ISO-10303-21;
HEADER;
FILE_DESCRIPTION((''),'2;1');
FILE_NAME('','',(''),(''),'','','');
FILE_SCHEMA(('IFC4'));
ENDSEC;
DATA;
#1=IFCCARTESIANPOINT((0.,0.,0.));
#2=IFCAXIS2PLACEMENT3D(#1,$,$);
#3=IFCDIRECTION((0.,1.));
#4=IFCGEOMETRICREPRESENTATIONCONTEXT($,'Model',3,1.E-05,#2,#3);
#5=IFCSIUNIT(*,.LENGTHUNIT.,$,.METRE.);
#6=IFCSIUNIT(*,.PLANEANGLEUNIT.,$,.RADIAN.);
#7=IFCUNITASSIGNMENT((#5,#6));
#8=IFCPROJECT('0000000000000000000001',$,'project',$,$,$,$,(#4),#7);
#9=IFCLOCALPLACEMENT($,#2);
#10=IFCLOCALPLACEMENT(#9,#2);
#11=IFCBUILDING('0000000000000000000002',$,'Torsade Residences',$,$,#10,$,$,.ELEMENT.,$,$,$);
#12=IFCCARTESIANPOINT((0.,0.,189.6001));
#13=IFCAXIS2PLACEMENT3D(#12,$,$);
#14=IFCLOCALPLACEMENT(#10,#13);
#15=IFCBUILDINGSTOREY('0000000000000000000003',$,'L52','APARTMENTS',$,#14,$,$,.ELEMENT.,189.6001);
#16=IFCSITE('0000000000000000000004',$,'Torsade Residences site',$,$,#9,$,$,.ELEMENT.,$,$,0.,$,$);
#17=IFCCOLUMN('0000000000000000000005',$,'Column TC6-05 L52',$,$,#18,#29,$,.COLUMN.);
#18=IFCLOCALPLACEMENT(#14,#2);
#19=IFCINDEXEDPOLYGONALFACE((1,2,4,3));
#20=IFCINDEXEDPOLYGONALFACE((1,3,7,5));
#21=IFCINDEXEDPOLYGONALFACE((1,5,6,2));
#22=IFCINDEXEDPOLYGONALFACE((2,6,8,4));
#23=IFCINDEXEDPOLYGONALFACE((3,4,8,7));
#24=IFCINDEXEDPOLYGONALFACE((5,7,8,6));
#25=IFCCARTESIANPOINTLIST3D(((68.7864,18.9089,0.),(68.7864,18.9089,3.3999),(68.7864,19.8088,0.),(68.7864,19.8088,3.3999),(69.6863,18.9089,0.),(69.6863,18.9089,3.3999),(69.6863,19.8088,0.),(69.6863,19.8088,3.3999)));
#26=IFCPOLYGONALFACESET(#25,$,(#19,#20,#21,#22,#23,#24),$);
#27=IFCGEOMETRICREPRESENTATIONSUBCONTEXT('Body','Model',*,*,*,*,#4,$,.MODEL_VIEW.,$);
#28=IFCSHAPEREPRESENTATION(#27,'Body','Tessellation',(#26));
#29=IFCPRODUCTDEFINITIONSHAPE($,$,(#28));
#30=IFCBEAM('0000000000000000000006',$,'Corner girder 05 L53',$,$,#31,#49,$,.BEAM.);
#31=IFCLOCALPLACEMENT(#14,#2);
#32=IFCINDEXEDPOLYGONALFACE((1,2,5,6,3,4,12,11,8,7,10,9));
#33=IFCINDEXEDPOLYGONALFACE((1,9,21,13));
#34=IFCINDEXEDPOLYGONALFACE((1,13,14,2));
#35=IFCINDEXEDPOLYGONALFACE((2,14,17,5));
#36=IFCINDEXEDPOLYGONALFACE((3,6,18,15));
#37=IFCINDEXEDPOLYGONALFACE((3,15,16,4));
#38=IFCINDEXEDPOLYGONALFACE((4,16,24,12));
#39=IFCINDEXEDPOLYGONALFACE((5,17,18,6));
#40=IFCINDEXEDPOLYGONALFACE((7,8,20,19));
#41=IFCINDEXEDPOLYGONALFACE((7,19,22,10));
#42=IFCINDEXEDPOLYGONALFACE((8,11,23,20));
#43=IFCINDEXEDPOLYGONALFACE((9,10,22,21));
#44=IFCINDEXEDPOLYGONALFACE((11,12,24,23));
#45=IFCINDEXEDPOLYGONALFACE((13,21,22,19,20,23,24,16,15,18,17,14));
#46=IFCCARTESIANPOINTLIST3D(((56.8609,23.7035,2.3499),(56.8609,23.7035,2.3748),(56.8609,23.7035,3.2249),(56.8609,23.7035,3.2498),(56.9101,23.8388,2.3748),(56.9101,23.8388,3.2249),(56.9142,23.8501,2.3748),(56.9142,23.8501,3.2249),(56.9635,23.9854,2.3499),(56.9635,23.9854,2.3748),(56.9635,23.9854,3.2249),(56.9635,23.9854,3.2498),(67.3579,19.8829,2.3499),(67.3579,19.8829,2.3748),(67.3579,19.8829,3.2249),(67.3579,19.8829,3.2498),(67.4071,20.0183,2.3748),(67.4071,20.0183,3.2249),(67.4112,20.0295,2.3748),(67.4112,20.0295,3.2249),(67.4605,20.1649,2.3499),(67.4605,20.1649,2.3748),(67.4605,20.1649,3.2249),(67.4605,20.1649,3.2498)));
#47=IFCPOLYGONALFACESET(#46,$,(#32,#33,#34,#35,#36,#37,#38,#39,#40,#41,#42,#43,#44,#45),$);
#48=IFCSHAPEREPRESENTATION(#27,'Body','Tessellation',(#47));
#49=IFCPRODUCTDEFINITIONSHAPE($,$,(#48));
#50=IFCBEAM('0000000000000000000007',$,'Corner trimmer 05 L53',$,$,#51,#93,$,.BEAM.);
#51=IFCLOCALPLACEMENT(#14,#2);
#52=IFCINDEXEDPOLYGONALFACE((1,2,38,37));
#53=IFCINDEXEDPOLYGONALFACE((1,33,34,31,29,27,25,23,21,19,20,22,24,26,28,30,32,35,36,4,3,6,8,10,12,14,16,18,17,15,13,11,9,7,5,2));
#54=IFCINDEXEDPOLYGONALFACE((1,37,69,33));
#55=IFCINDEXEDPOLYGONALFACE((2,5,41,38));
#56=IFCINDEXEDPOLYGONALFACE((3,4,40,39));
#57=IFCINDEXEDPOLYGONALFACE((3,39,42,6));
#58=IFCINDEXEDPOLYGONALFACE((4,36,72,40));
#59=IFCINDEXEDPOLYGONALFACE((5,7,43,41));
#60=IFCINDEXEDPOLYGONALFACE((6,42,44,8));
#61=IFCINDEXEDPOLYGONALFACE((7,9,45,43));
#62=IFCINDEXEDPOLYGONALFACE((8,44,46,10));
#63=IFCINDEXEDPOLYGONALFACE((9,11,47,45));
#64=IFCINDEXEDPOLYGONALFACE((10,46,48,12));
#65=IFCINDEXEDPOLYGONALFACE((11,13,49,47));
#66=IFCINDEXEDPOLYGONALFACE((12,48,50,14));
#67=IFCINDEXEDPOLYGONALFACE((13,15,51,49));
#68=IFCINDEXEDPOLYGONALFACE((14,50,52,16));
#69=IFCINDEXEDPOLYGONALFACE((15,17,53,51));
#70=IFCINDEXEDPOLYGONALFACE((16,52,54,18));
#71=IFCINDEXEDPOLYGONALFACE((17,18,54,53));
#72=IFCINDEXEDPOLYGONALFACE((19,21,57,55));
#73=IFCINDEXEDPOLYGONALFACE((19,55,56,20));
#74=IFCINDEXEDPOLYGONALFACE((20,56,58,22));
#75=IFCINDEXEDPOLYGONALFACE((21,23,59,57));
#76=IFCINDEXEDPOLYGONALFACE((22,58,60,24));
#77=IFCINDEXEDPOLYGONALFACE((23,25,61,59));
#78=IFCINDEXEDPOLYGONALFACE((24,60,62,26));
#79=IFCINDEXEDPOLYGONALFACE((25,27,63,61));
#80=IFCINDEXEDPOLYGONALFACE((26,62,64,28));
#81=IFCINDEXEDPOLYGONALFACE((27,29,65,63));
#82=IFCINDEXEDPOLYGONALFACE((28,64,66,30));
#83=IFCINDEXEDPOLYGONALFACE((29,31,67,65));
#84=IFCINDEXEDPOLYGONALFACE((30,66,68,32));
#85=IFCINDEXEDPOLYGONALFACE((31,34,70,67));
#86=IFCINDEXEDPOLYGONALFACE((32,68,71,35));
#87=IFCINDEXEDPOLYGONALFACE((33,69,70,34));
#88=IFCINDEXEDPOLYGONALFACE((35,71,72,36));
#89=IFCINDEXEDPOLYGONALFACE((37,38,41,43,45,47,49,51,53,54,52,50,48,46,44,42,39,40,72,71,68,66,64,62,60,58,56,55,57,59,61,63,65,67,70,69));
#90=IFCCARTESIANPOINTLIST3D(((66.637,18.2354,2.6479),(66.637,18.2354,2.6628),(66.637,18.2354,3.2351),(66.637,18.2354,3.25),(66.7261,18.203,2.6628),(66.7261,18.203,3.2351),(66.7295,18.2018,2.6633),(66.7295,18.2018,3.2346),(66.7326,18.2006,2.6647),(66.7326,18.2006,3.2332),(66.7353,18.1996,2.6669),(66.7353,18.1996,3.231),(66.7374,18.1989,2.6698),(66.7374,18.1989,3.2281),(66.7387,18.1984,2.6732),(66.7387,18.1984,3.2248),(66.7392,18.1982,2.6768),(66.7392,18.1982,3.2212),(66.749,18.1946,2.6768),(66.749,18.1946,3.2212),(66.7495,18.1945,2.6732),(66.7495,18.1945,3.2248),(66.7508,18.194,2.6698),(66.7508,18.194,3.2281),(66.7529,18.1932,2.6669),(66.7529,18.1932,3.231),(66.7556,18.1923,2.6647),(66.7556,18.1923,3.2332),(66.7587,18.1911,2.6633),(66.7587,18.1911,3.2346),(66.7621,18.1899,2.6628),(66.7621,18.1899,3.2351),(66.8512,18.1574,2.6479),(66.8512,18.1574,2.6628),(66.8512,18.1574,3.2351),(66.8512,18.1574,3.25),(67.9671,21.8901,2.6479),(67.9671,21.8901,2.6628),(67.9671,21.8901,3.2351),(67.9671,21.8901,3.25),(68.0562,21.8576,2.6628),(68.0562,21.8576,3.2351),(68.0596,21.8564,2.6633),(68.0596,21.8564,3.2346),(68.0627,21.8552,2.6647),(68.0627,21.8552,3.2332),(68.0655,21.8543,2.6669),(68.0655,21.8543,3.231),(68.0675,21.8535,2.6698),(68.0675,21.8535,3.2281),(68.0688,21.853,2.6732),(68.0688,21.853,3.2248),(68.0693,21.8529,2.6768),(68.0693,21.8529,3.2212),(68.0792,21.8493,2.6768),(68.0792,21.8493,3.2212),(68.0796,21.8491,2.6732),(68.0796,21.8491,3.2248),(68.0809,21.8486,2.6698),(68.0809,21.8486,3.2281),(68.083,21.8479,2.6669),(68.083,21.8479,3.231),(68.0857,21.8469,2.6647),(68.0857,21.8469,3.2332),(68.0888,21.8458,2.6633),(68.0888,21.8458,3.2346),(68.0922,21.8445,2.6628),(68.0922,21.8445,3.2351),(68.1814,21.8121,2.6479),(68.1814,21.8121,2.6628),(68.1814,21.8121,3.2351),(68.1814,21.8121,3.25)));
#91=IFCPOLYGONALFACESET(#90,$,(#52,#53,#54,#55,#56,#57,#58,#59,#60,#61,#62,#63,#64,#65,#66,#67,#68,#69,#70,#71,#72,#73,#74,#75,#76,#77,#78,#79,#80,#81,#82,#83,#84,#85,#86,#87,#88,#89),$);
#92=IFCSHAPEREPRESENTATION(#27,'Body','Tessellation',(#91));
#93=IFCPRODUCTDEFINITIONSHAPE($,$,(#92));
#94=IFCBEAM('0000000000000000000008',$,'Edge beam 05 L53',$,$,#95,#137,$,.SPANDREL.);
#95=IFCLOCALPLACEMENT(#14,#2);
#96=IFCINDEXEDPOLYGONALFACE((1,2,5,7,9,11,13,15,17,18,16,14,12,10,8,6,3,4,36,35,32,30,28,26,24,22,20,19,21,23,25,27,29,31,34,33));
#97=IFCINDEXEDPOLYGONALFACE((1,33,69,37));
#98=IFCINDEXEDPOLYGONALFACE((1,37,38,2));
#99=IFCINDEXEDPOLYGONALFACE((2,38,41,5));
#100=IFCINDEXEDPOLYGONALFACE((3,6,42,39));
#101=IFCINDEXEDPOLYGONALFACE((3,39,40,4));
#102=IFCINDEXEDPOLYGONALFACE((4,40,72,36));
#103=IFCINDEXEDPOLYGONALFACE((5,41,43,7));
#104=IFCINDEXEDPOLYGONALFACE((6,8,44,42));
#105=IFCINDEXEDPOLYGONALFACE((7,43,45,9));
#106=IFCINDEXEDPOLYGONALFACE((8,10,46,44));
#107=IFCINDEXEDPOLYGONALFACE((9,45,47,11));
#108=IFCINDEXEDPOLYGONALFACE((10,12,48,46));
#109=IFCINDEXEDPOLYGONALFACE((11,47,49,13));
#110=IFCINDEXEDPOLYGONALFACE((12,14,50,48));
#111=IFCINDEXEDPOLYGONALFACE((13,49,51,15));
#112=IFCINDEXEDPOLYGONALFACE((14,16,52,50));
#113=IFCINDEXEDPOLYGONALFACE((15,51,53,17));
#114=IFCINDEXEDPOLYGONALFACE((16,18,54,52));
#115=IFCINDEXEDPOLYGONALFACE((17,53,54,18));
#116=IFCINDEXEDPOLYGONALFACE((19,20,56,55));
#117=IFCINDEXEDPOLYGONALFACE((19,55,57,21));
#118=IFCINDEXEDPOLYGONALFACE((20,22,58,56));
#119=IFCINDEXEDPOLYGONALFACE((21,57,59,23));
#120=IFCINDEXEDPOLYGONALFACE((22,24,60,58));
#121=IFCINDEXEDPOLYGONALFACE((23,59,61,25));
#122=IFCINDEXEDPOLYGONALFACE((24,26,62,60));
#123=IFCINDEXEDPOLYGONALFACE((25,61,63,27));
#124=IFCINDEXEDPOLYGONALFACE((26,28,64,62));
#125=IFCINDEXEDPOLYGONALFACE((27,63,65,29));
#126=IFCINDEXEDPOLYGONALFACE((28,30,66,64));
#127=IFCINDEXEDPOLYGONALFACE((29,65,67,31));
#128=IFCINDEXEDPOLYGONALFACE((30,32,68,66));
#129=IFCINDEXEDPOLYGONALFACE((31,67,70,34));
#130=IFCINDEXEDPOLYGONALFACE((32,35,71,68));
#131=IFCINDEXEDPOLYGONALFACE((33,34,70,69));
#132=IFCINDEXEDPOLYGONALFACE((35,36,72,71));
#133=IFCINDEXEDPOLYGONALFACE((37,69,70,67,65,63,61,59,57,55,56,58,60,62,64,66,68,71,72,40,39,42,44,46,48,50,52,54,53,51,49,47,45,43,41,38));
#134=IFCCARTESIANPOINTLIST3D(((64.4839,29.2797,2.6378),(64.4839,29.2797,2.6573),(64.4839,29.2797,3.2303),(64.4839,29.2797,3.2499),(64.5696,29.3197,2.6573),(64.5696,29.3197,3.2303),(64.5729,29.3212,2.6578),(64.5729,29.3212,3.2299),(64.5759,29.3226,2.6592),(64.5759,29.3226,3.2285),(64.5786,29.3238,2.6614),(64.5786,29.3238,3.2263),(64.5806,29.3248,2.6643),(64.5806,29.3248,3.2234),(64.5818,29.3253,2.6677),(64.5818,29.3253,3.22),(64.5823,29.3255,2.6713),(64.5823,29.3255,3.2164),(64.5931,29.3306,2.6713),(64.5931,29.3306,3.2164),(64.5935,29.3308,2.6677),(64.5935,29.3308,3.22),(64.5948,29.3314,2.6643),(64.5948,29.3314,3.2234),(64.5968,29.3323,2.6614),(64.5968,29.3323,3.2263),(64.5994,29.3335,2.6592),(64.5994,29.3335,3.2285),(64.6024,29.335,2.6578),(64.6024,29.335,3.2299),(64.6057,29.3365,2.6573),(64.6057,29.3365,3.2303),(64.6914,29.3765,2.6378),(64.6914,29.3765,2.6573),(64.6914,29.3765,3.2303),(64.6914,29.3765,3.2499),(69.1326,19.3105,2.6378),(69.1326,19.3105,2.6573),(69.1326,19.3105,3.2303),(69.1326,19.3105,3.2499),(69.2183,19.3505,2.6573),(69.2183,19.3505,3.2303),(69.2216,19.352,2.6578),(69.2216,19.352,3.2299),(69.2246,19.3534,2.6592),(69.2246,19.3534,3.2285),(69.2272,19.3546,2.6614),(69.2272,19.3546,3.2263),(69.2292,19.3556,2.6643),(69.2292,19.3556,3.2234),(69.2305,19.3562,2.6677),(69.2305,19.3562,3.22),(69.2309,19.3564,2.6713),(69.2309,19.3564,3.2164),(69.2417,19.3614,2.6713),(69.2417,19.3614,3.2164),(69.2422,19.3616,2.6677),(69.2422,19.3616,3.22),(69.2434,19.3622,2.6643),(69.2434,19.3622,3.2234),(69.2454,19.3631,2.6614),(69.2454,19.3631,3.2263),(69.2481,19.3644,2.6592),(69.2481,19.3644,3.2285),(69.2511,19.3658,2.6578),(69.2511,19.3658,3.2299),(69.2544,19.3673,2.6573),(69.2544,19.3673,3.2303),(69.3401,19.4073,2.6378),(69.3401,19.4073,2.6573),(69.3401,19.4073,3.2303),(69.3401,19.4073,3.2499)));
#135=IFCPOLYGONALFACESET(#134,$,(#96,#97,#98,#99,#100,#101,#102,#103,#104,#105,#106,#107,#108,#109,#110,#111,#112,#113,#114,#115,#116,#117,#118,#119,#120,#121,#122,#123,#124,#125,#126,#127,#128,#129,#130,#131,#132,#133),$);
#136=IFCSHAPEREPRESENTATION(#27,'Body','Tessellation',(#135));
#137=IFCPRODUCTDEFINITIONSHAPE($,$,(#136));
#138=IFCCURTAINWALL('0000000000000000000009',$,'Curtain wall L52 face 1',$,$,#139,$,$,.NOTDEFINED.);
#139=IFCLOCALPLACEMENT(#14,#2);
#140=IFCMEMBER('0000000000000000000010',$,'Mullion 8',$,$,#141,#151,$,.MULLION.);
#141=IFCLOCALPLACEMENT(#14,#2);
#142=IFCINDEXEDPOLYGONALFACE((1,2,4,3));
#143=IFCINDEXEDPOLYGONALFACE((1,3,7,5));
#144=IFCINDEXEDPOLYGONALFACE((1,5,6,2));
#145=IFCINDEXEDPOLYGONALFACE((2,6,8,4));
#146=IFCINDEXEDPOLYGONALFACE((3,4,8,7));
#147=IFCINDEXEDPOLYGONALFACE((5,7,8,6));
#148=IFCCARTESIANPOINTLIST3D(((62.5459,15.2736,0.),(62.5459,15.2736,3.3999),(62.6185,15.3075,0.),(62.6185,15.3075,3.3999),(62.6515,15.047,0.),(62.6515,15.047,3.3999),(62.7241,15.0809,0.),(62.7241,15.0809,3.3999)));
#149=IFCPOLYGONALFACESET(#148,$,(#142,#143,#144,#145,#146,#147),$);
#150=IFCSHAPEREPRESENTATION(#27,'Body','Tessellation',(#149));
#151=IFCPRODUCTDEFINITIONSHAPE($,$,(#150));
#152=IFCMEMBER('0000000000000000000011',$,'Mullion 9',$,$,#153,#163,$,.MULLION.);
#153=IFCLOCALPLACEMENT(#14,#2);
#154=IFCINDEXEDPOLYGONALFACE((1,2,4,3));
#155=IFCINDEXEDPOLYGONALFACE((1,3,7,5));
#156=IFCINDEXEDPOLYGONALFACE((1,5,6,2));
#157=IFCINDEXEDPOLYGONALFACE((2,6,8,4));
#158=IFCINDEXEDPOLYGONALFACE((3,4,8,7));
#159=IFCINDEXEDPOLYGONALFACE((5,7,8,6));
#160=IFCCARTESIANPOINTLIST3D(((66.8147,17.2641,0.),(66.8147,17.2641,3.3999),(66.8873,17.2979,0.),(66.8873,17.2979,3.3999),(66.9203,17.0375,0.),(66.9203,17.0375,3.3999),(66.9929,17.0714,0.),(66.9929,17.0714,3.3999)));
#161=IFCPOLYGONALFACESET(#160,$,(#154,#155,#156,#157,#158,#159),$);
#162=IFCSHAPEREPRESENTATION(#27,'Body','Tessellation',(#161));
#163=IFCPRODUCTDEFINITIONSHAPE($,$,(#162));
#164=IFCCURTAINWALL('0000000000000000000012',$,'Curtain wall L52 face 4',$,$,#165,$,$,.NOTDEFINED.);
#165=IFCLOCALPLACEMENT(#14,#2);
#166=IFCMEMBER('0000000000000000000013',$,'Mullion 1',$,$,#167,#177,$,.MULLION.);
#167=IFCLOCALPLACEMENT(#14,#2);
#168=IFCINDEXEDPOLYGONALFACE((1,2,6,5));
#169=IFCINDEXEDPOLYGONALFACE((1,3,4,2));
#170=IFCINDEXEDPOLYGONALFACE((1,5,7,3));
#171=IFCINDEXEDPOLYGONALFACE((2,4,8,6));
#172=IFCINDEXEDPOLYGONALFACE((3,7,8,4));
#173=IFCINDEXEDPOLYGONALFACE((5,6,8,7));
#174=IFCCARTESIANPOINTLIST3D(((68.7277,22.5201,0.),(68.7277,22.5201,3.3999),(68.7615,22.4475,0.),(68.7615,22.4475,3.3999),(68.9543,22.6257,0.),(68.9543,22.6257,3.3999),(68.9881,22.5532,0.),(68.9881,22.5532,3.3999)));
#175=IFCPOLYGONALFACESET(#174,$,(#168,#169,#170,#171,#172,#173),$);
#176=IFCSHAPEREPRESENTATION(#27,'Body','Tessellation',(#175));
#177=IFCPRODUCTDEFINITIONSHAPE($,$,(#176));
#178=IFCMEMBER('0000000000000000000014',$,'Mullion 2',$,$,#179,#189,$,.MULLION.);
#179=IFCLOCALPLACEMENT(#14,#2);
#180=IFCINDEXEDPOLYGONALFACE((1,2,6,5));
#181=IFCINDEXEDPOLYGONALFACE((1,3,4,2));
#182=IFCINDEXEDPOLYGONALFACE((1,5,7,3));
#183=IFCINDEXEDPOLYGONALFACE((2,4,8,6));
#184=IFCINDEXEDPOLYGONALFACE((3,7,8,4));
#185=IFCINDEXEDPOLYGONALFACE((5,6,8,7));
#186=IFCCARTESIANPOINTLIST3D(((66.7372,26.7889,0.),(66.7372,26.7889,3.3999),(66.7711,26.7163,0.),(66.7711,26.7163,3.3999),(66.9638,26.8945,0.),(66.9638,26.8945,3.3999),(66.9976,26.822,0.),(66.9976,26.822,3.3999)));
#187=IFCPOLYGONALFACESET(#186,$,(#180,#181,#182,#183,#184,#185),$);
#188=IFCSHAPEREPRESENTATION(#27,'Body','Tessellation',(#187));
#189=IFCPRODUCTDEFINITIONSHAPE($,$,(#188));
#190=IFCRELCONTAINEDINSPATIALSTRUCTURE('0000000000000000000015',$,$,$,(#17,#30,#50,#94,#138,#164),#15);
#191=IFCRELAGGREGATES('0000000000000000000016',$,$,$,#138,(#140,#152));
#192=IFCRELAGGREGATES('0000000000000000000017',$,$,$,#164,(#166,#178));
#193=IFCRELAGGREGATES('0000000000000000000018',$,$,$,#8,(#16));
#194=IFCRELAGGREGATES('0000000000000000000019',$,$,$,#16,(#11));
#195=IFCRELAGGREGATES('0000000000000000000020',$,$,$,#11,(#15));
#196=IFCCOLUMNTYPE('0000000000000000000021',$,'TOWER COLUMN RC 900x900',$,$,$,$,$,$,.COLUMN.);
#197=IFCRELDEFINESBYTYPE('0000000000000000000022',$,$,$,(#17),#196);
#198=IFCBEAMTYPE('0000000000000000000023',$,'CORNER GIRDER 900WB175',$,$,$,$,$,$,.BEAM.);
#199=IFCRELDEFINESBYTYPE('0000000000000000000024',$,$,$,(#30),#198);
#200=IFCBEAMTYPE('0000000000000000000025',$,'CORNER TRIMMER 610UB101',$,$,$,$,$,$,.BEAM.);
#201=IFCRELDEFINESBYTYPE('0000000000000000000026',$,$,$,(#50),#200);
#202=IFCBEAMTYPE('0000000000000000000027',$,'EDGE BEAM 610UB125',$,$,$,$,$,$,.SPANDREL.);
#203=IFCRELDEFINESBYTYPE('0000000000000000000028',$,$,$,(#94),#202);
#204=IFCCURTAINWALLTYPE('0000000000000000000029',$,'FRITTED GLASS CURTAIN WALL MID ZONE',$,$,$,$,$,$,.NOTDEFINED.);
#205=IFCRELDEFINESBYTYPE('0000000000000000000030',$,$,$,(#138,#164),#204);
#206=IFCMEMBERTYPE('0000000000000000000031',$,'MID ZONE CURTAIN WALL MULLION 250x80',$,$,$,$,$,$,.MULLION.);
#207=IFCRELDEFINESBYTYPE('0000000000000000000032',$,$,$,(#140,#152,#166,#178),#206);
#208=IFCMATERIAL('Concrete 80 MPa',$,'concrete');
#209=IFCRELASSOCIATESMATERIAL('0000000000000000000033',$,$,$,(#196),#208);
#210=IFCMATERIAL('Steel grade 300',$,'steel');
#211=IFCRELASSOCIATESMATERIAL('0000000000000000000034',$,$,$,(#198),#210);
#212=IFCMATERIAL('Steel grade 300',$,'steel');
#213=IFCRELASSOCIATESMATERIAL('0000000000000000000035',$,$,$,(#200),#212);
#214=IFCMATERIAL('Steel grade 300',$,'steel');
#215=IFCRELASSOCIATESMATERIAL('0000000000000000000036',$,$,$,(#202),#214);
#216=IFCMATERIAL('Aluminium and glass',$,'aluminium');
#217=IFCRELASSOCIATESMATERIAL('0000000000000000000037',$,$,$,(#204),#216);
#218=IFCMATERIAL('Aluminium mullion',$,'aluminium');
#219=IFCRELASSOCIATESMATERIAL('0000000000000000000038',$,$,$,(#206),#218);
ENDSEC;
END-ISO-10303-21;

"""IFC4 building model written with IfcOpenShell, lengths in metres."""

from ifc_helpers import new_model, si_unit, direction, frame, origin, origin_2d, place, context, subcontext, project, spatial, rectangle, i_section, extrude, material, material_profile, profile_set, type_object, element, aggregate, save


model = new_model("IFC4")

# Units and contexts
model_context = context("Model", 3, precision=1e-05, world=origin(), true_north=direction((0.0, 1.0)))
body_context = subcontext(model_context, "Body", "Model", "MODEL_VIEW")
ifc_project = project(units=[si_unit("LENGTHUNIT", "METRE"), si_unit("PLANEANGLEUNIT", "RADIAN")], contexts=[model_context])

# Site, building, storey
site_placement = place(None, origin())
site = spatial("IfcSite", under=ifc_project, at=site_placement, Name="Torsade Residences site", CompositionType="ELEMENT", RefElevation=0.0)
building_placement = place(site_placement, origin())
building = spatial("IfcBuilding", under=site, at=building_placement, Name="Torsade Residences", CompositionType="ELEMENT")
storey_placement = place(building_placement, frame((0.0, 0.0, 189.6001)))
storey = spatial("IfcBuildingStorey", under=building, at=storey_placement, Name="L52", Description="APARTMENTS", CompositionType="ELEMENT", Elevation=189.6001)

# Column
ifc_material_1 = material(Name="Concrete 80 MPa", Category="concrete")
ifc_material_profile_1 = material_profile(ifc_material_1, rectangle(XDim=0.8999, YDim=0.8999, at=origin_2d()), Name="RC 900x900")
ifc_profile_set_1 = profile_set([ifc_material_profile_1], Name="Concrete 80 MPa")
column_type = type_object("IfcColumnType", Name="TOWER COLUMN RC 900x900", PredefinedType="COLUMN", material=ifc_profile_set_1)
column_placement = place(storey_placement, frame((69.2363, 19.3589, 0.0), z_axis=(0.0, 0.0, 1.0), x_axis=(1.0, 0.0, 0.0)))
element("IfcColumn", 1, at=column_placement, inside=storey, type_object=column_type, Name="Column TC6-05 L52", PredefinedType="COLUMN", context=body_context, shape_type="SweptSolid", body=[
    extrude(rectangle(XDim=0.8999, YDim=0.8999, at=origin_2d()), origin(), (0.0, 0.0, 1.0), 3.3999),
])

# Beams
ifc_material_2 = material(Name="Steel grade 300", Category="steel")
ifc_material_profile_2 = material_profile(ifc_material_2, i_section(OverallWidth=0.3, OverallDepth=0.8999, WebThickness=0.012, FlangeThickness=0.0249, at=origin_2d()), Name="900WB175")
ifc_profile_set_2 = profile_set([ifc_material_profile_2], Name="Steel grade 300")
beam_type_1 = type_object("IfcBeamType", Name="CORNER GIRDER 900WB175", PredefinedType="BEAM", material=ifc_profile_set_2)
beam_1_placement = place(storey_placement, frame((67.4092, 20.0239, 2.7998), z_axis=(-0.939694, 0.342015, 0.0), x_axis=(-0.342015, -0.939694, 0.0)))
element("IfcBeam", 2, at=beam_1_placement, inside=storey, type_object=beam_type_1, Name="Corner girder 05 L53", PredefinedType="BEAM", context=body_context, shape_type="SweptSolid", body=[
    extrude(i_section(OverallWidth=0.3, OverallDepth=0.8999, WebThickness=0.012, FlangeThickness=0.0249, at=origin_2d()), origin(), (0.0, 0.0, 1.0), 11.1707),
])
ifc_material_3 = material(Name="Steel grade 300", Category="steel")
ifc_material_profile_3 = material_profile(ifc_material_3, i_section(OverallWidth=0.228, OverallDepth=0.6021, WebThickness=0.0105, FlangeThickness=0.0149, FilletRadius=0.0139, at=origin_2d()), Name="610UB101")
ifc_profile_set_3 = profile_set([ifc_material_profile_3], Name="Steel grade 300")
beam_type_2 = type_object("IfcBeamType", Name="CORNER TRIMMER 610UB101", PredefinedType="BEAM", material=ifc_profile_set_3)
beam_2_placement = place(storey_placement, frame((68.0742, 21.8511, 2.949), z_axis=(-0.342005, -0.939698, 0.0), x_axis=(0.939698, -0.342005, 0.0)))
element("IfcBeam", 3, at=beam_2_placement, inside=storey, type_object=beam_type_2, Name="Corner trimmer 05 L53", PredefinedType="BEAM", context=body_context, shape_type="SweptSolid", body=[
    extrude(i_section(OverallWidth=0.228, OverallDepth=0.6021, WebThickness=0.0105, FlangeThickness=0.0149, FilletRadius=0.0139, at=origin_2d()), origin(), (0.0, 0.0, 1.0), 3.8892),
])
ifc_material_4 = material(Name="Steel grade 300", Category="steel")
ifc_material_profile_4 = material_profile(ifc_material_4, i_section(OverallWidth=0.229, OverallDepth=0.6121, WebThickness=0.012, FlangeThickness=0.0195, FilletRadius=0.0139, at=origin_2d()), Name="610UB125")
ifc_profile_set_4 = profile_set([ifc_material_profile_4], Name="Steel grade 300")
beam_type_3 = type_object("IfcBeamType", Name="EDGE BEAM 610UB125", PredefinedType="SPANDREL", material=ifc_profile_set_4)
beam_3_placement = place(storey_placement, frame((69.2363, 19.3589, 2.9438), z_axis=(-0.422614, 0.90631, 0.0), x_axis=(-0.90631, -0.422614, 0.0)))
element("IfcBeam", 4, at=beam_3_placement, inside=storey, type_object=beam_type_3, Name="Edge beam 05 L53", PredefinedType="SPANDREL", context=body_context, shape_type="SweptSolid", body=[
    extrude(i_section(OverallWidth=0.229, OverallDepth=0.6121, WebThickness=0.012, FlangeThickness=0.0195, FilletRadius=0.0139, at=origin_2d()), origin(), (0.0, 0.0, 1.0), 10.9998),
])

# Curtain walls, members
ifc_material_5 = material(Name="Aluminium and glass", Category="aluminium")
curtain_wall_type = type_object("IfcCurtainWallType", Name="FRITTED GLASS CURTAIN WALL MID ZONE", PredefinedType="NOTDEFINED", material=ifc_material_5)
curtain_wall_1_placement = place(storey_placement, origin())
curtain_wall_1 = element("IfcCurtainWall", 5, at=curtain_wall_1_placement, inside=storey, type_object=curtain_wall_type, Name="Curtain wall L52 face 1", PredefinedType="NOTDEFINED")
ifc_material_6 = material(Name="Aluminium mullion", Category="aluminium")
ifc_material_profile_5 = material_profile(ifc_material_6, rectangle(XDim=0.25, YDim=0.0801, at=origin_2d()), Name="MID ZONE CURTAIN WALL MULLION 250x80")
ifc_profile_set_5 = profile_set([ifc_material_profile_5], Name="Aluminium mullion")
member_type_1 = type_object("IfcMemberType", Name="MID ZONE CURTAIN WALL MULLION 250x80", PredefinedType="MULLION", material=ifc_profile_set_5)
member_1_placement = place(storey_placement, frame((62.635, 15.1772, 0.0), z_axis=(0.0, 0.0, 1.0), x_axis=(-0.422618, 0.906308, 0.0)))
member_1 = element("IfcMember", 6, at=member_1_placement, type_object=member_type_1, Name="Mullion 8", PredefinedType="MULLION", context=body_context, shape_type="SweptSolid", body=[
    extrude(rectangle(XDim=0.25, YDim=0.0801, at=origin_2d()), origin(), (0.0, 0.0, 1.0), 3.3999),
])
member_2_placement = place(storey_placement, frame((66.9038, 17.1677, 0.0), z_axis=(0.0, 0.0, 1.0), x_axis=(-0.422618, 0.906308, 0.0)))
member_2 = element("IfcMember", 7, at=member_2_placement, type_object=member_type_1, Name="Mullion 9", PredefinedType="MULLION", context=body_context, shape_type="SweptSolid", body=[
    extrude(rectangle(XDim=0.25, YDim=0.0801, at=origin_2d()), origin(), (0.0, 0.0, 1.0), 3.3999),
])
curtain_wall_2_placement = place(storey_placement, origin())
curtain_wall_2 = element("IfcCurtainWall", 8, at=curtain_wall_2_placement, inside=storey, type_object=curtain_wall_type, Name="Curtain wall L52 face 4", PredefinedType="NOTDEFINED")
member_3_placement = place(storey_placement, frame((68.8579, 22.5366, 0.0), z_axis=(0.0, 0.0, 1.0), x_axis=(-0.906308, -0.422618, 0.0)))
member_3 = element("IfcMember", 9, at=member_3_placement, type_object=member_type_1, Name="Mullion 1", PredefinedType="MULLION", context=body_context, shape_type="SweptSolid", body=[
    extrude(rectangle(XDim=0.25, YDim=0.0801, at=origin_2d()), origin(), (0.0, 0.0, 1.0), 3.3999),
])
member_4_placement = place(storey_placement, frame((66.8674, 26.8054, 0.0), z_axis=(0.0, 0.0, 1.0), x_axis=(-0.906308, -0.422618, 0.0)))
member_4 = element("IfcMember", 10, at=member_4_placement, type_object=member_type_1, Name="Mullion 2", PredefinedType="MULLION", context=body_context, shape_type="SweptSolid", body=[
    extrude(rectangle(XDim=0.25, YDim=0.0801, at=origin_2d()), origin(), (0.0, 0.0, 1.0), 3.3999),
])

aggregate(curtain_wall_1, [member_1, member_2])
aggregate(curtain_wall_2, [member_3, member_4])

save(model, "model.ifc")
